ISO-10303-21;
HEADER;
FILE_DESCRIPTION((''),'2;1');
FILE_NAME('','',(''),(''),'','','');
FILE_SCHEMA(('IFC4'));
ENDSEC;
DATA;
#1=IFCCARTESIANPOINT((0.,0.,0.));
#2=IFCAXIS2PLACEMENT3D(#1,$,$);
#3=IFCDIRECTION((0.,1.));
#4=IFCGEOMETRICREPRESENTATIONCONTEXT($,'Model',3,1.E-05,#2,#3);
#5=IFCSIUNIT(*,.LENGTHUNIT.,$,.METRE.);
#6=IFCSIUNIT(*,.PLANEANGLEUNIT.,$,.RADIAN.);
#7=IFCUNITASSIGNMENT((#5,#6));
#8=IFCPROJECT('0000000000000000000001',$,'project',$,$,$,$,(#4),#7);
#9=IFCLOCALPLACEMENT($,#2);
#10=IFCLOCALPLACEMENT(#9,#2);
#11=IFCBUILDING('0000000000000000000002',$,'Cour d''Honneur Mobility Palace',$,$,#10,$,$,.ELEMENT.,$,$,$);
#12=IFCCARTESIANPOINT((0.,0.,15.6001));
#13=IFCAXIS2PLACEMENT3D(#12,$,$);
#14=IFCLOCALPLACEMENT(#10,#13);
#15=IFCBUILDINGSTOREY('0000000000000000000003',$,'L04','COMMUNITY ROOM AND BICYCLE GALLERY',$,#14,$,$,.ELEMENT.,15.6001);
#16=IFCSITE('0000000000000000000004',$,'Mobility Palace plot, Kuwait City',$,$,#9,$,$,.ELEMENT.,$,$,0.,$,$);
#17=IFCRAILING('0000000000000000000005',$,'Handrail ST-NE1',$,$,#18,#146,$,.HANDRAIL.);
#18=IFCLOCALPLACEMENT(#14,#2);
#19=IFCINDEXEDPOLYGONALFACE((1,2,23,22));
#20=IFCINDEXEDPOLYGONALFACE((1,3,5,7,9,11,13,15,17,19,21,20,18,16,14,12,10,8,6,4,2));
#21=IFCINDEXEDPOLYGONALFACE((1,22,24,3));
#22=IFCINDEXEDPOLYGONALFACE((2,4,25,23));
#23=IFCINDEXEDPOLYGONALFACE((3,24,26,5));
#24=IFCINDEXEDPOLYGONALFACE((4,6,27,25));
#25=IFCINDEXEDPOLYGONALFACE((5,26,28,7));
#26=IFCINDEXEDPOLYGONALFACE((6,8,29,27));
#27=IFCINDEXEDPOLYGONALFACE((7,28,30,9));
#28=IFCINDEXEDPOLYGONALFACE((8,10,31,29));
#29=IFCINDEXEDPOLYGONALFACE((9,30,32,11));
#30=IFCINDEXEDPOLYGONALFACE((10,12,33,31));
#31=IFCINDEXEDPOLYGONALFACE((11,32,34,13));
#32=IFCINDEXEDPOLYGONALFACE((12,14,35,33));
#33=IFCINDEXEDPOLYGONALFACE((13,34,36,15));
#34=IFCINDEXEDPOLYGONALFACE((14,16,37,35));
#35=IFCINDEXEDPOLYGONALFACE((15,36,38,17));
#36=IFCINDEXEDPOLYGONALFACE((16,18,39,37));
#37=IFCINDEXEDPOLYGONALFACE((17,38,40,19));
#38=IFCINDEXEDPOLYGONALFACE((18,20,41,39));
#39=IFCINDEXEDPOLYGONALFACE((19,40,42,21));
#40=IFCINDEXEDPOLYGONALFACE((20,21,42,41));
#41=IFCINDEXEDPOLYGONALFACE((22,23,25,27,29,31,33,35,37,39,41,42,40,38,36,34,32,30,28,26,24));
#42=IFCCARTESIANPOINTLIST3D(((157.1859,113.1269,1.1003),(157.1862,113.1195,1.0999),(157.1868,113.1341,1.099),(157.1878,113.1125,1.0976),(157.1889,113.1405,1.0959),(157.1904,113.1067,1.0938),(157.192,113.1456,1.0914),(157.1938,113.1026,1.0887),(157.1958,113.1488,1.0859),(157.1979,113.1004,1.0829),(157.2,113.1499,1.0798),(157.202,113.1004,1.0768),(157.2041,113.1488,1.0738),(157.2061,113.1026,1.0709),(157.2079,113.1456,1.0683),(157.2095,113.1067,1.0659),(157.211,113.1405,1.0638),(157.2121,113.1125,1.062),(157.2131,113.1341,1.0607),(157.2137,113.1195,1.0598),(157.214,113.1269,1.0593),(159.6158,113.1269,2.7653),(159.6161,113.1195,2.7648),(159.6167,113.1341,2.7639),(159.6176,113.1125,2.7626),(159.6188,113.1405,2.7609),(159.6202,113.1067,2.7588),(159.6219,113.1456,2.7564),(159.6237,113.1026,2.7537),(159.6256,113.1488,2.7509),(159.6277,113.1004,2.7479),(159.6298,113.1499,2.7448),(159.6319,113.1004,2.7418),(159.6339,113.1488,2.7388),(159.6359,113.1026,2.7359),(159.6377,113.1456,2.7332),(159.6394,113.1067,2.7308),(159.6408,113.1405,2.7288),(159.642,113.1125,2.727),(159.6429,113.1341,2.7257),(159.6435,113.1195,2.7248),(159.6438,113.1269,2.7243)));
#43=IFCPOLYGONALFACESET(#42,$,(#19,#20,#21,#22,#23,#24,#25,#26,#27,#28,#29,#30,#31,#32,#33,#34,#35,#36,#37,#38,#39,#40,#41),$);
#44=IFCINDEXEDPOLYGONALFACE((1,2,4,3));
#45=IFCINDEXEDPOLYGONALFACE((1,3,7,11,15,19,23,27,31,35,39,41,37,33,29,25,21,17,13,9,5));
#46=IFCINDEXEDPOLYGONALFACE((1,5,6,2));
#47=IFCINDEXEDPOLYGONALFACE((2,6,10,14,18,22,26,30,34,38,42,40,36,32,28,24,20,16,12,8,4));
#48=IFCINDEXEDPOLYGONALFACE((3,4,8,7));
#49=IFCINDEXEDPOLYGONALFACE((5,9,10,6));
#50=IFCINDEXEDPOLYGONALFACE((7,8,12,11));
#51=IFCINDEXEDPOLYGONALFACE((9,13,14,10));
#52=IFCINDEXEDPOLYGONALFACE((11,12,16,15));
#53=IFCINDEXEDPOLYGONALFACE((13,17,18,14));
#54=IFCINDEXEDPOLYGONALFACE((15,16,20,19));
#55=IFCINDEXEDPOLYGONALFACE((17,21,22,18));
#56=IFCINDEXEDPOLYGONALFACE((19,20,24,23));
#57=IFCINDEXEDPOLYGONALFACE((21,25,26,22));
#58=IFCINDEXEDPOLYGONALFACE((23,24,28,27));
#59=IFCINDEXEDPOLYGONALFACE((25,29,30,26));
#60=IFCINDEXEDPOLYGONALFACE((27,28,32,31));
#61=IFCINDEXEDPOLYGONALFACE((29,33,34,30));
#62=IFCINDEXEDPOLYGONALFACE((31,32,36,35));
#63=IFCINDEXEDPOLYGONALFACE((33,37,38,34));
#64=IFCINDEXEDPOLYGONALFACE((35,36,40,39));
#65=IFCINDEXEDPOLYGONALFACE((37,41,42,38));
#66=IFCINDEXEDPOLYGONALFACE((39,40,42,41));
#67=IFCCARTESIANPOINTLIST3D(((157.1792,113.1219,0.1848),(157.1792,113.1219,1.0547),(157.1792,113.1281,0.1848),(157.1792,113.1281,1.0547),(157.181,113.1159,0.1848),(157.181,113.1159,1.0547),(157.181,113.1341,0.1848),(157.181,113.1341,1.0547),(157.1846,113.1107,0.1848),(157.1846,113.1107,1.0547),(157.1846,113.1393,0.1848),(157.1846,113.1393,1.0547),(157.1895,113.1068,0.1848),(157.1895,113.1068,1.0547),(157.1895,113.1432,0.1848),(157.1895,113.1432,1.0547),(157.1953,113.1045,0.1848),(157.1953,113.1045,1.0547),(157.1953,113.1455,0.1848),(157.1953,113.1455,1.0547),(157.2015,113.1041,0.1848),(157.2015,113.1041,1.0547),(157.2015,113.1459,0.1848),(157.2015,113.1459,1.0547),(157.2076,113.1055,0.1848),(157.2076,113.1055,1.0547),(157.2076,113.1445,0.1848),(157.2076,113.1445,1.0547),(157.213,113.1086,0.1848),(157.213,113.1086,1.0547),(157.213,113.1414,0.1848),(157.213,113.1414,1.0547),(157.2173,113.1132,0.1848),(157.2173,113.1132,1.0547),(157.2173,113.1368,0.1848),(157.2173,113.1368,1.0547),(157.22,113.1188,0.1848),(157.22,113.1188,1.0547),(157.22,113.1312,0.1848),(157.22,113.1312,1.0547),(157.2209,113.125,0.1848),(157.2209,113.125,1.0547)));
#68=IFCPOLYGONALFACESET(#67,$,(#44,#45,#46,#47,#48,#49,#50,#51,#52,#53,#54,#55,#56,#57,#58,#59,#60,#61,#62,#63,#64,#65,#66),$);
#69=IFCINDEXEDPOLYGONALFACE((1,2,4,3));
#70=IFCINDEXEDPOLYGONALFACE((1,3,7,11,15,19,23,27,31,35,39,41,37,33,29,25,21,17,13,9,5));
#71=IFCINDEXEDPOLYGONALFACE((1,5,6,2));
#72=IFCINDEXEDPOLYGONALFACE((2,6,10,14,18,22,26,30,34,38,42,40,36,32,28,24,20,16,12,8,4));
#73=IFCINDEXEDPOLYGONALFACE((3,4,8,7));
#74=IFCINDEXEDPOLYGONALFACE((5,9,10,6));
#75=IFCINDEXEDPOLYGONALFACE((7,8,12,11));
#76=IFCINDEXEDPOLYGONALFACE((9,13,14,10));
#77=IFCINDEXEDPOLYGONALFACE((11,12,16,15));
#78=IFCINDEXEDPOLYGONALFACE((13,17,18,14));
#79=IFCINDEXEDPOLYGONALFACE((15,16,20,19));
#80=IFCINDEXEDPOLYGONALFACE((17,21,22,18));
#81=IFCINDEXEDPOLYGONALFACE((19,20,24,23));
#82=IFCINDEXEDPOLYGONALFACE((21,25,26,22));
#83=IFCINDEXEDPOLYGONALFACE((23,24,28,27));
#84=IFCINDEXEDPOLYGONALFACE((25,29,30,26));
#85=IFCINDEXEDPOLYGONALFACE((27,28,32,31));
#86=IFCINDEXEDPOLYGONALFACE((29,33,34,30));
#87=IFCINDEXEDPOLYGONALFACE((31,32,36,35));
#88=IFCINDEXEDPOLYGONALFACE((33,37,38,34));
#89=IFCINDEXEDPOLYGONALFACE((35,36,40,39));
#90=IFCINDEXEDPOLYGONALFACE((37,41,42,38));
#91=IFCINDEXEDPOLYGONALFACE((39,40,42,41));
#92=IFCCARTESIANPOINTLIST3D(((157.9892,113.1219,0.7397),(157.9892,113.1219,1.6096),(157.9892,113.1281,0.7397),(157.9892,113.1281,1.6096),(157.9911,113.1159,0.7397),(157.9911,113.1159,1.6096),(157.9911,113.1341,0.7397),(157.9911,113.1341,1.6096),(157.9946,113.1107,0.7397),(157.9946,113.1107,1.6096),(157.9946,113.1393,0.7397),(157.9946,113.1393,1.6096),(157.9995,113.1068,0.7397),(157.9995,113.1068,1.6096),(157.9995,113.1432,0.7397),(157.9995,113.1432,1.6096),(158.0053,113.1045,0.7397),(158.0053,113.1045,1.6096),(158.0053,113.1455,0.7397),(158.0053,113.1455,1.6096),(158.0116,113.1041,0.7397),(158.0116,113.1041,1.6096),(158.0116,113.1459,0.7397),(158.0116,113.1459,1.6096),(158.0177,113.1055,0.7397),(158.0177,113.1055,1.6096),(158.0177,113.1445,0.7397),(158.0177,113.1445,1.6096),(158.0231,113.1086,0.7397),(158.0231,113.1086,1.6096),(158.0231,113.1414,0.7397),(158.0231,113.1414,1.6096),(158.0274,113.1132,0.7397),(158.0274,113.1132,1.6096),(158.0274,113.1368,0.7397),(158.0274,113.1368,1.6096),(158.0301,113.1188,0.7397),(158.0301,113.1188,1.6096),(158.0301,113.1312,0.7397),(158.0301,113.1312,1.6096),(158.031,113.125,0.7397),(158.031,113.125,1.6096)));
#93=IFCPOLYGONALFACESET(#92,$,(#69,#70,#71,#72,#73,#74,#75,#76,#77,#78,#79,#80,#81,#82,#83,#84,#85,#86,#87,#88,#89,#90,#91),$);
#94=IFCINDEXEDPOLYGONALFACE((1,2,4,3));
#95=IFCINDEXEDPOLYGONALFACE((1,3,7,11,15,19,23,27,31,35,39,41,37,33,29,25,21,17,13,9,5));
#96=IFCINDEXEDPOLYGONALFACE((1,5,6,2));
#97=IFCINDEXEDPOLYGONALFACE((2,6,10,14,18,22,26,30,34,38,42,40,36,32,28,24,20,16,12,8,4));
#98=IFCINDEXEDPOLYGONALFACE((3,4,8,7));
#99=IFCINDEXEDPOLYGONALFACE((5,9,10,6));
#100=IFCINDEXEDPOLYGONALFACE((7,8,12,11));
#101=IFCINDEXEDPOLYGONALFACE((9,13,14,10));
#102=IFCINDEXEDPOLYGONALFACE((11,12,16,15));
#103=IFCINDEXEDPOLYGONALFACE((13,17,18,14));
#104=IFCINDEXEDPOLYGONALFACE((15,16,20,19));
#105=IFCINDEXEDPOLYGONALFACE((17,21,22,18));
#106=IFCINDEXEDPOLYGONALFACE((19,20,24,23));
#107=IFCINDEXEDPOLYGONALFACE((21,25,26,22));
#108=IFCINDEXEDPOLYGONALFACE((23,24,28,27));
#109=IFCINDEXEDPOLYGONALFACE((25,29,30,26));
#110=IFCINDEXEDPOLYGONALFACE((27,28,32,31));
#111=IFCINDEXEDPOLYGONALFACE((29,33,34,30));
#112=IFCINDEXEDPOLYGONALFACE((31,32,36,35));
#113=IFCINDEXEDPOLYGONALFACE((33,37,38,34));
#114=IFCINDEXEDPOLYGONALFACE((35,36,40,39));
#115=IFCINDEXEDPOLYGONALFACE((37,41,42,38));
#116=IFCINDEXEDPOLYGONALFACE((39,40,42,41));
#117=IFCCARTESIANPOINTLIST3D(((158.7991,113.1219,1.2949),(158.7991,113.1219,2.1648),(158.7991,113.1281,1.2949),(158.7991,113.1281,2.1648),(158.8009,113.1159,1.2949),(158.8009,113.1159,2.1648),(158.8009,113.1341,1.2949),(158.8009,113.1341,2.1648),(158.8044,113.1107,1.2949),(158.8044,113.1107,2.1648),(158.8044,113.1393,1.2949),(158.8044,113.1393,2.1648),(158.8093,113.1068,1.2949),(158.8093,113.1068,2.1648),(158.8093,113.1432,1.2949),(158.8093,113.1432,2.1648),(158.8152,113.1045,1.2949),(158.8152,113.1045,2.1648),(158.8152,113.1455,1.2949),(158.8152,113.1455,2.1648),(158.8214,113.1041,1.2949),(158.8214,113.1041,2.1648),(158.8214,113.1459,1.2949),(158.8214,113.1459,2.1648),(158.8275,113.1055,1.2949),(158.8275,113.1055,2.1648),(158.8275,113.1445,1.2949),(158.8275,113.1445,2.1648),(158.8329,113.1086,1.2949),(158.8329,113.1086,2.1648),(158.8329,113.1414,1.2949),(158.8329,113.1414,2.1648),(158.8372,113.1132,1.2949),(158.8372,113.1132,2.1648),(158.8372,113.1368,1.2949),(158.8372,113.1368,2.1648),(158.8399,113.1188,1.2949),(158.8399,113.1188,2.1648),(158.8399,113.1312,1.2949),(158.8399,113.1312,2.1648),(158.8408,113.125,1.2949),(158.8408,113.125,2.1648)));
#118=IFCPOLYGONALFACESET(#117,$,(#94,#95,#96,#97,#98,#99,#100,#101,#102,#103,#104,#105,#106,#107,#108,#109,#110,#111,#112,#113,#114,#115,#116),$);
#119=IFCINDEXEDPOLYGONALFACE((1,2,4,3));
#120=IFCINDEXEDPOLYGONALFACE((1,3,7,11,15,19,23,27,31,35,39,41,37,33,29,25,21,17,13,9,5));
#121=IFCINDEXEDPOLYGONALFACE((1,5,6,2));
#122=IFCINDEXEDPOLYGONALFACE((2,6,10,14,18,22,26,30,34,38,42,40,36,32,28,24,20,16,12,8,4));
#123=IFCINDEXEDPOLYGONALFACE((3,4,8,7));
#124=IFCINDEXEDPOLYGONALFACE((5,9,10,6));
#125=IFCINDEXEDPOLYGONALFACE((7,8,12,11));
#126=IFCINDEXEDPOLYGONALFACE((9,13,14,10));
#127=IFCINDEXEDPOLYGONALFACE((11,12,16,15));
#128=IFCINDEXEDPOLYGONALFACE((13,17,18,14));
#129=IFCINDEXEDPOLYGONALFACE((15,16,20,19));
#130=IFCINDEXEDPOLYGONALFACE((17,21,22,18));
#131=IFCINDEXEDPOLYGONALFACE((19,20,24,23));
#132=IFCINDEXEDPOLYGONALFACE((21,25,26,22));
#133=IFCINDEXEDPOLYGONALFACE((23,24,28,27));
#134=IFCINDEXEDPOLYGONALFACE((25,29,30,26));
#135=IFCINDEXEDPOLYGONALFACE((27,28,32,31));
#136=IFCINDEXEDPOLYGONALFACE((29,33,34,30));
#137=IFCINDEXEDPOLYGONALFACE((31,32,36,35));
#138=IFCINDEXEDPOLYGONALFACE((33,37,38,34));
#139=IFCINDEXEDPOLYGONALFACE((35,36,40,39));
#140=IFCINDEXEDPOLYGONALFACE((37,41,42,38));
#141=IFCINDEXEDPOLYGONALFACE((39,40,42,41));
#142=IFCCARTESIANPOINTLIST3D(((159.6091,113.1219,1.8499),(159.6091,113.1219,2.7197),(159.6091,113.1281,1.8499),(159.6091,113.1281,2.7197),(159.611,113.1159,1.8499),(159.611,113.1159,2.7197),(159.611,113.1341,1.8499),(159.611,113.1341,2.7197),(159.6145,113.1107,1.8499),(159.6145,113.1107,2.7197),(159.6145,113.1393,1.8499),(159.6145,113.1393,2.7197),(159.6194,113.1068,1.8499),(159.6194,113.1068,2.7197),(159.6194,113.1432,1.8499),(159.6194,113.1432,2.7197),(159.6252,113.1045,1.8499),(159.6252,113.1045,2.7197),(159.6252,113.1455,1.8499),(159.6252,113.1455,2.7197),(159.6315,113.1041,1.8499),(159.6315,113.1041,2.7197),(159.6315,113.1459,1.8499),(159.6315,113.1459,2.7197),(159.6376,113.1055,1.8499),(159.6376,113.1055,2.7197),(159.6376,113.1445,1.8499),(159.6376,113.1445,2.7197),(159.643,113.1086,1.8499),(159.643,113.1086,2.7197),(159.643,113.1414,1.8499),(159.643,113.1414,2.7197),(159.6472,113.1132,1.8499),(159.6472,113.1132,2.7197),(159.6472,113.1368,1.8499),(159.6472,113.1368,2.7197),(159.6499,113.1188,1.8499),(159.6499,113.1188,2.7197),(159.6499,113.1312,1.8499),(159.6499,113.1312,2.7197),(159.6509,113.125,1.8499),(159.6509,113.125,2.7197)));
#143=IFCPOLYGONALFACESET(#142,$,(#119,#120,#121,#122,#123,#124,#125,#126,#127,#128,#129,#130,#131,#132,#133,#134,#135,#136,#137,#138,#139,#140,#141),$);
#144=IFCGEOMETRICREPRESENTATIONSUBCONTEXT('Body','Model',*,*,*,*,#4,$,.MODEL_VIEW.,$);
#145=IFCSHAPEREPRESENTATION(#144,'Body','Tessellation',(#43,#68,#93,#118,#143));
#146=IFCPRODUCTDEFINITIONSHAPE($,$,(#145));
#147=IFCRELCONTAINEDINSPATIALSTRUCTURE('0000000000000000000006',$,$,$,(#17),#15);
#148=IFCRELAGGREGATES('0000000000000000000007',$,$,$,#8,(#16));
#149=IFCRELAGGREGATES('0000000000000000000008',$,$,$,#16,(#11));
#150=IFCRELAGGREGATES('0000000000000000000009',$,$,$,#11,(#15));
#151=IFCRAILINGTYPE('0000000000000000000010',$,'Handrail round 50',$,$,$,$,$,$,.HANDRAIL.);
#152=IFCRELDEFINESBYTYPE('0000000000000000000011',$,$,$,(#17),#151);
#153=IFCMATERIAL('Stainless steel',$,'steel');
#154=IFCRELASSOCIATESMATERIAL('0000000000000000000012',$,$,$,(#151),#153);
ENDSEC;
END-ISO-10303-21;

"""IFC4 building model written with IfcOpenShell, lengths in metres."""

from ifc_helpers import new_model, si_unit, direction, frame, origin, origin_2d, place, context, subcontext, project, spatial, circle, extrude, material, type_object, element, save


model = new_model("IFC4")

# Units and contexts
model_context = context("Model", 3, precision=1e-05, world=origin(), true_north=direction((0.0, 1.0)))
body_context = subcontext(model_context, "Body", "Model", "MODEL_VIEW")
ifc_project = project(units=[si_unit("LENGTHUNIT", "METRE"), si_unit("PLANEANGLEUNIT", "RADIAN")], contexts=[model_context])

# Site, building, storey
site_placement = place(None, origin())
site = spatial("IfcSite", under=ifc_project, at=site_placement, Name="Mobility Palace plot, Kuwait City", CompositionType="ELEMENT", RefElevation=0.0)
building_placement = place(site_placement, origin())
building = spatial("IfcBuilding", under=site, at=building_placement, Name="Cour d'Honneur Mobility Palace", CompositionType="ELEMENT")
storey_placement = place(building_placement, frame((0.0, 0.0, 15.6001)))
storey = spatial("IfcBuildingStorey", under=building, at=storey_placement, Name="L04", Description="COMMUNITY ROOM AND BICYCLE GALLERY", CompositionType="ELEMENT", Elevation=15.6001)

# Railing
ifc_material_1 = material(Name="Stainless steel", Category="steel")
railing_type_1 = type_object("IfcRailingType", Name="Handrail round 50", PredefinedType="HANDRAIL", material=ifc_material_1)
for number, where, name in (
    (1, (157.2, 113.125, 0.1848), "Handrail ST-NE1"),
):
    element("IfcRailing", number, at=place(storey_placement, frame(where)), inside=storey, type_object=railing_type_1, Name=name, PredefinedType="HANDRAIL", context=body_context, shape_type="SweptSolid", body=[
        extrude(circle(Radius=0.0249, at=origin_2d()), frame((0.0, 0.0, 0.895), z_axis=(0.824919, 0.0, 0.565251), x_axis=(0.0, 1.0, 0.0)), (0.0, 0.0, 1.0), 2.9456),
        extrude(circle(Radius=0.021, at=origin_2d()), origin(), (0.0, 0.0, 1.0), 0.8699),
        extrude(circle(Radius=0.021, at=origin_2d()), frame((0.8101, 0.0, 0.5549)), (0.0, 0.0, 1.0), 0.8699),
        extrude(circle(Radius=0.021, at=origin_2d()), frame((1.6199, 0.0, 1.1101)), (0.0, 0.0, 1.0), 0.8699),
        extrude(circle(Radius=0.021, at=origin_2d()), frame((2.4299, 0.0, 1.665)), (0.0, 0.0, 1.0), 0.8699),
    ])

save(model, "model.ifc")
